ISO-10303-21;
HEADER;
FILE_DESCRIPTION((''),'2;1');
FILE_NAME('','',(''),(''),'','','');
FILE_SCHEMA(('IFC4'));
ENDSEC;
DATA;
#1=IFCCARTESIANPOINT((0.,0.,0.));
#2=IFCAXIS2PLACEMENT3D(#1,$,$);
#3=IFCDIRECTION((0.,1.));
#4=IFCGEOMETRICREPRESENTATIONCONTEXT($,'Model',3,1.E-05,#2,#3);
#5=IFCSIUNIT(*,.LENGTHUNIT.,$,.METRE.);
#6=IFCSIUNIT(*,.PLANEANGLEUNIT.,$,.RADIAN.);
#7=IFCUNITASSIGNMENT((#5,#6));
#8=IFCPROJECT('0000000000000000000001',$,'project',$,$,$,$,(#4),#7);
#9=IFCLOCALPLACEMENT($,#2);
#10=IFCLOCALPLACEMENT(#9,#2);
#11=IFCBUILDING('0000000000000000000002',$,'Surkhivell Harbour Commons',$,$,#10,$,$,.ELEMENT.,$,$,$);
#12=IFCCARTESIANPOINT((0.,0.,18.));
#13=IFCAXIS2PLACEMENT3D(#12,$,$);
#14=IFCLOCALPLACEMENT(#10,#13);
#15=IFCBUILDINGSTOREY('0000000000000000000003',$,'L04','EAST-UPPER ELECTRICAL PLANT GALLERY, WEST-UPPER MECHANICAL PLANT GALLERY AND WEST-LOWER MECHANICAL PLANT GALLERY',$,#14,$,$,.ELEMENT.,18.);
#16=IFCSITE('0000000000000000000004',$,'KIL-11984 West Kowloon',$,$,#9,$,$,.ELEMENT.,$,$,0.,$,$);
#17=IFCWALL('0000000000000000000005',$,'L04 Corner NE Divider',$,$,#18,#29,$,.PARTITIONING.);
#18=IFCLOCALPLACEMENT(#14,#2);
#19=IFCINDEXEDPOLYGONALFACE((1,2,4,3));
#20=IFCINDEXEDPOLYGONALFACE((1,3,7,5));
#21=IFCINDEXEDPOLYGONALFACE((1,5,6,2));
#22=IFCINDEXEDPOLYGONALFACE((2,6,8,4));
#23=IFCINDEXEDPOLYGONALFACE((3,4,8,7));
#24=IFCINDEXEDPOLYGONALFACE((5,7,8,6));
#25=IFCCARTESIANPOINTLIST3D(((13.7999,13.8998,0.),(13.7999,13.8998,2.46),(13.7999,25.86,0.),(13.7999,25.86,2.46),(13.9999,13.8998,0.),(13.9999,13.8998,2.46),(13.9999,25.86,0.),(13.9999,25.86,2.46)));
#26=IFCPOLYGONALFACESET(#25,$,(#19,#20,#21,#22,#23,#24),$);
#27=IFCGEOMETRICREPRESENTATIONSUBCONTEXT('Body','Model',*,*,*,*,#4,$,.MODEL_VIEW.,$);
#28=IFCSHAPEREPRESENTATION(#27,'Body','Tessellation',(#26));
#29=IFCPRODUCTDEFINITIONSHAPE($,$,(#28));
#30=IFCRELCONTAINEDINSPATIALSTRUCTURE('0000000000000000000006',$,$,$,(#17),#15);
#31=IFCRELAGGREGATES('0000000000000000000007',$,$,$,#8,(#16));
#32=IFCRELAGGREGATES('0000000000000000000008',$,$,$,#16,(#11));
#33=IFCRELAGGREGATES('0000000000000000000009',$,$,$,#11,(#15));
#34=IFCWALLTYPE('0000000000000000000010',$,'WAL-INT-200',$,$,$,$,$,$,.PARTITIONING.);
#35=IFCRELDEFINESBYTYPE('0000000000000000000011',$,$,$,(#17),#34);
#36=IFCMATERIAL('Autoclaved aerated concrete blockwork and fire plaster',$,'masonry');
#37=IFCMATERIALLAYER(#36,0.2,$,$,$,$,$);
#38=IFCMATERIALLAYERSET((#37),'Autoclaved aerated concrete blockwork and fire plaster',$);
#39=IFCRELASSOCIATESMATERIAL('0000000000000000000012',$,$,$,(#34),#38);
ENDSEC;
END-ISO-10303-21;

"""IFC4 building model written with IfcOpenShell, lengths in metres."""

from ifc_helpers import new_model, si_unit, direction, frame, frame_2d, origin, place, context, subcontext, project, spatial, rectangle, extrude, material, layer, layer_set, type_object, element, save


model = new_model("IFC4")

# Units and contexts
model_context = context("Model", 3, precision=1e-05, world=origin(), true_north=direction((0.0, 1.0)))
body_context = subcontext(model_context, "Body", "Model", "MODEL_VIEW")
ifc_project = project(units=[si_unit("LENGTHUNIT", "METRE"), si_unit("PLANEANGLEUNIT", "RADIAN")], contexts=[model_context])

# Site, building, storey
site_placement = place(None, origin())
site = spatial("IfcSite", under=ifc_project, at=site_placement, Name="KIL-11984 West Kowloon", CompositionType="ELEMENT", RefElevation=0.0)
building_placement = place(site_placement, origin())
building = spatial("IfcBuilding", under=site, at=building_placement, Name="Surkhivell Harbour Commons", CompositionType="ELEMENT")
storey_placement = place(building_placement, frame((0.0, 0.0, 18.0)))
storey = spatial("IfcBuildingStorey", under=building, at=storey_placement, Name="L04", Description="EAST-UPPER ELECTRICAL PLANT GALLERY, WEST-UPPER MECHANICAL PLANT GALLERY AND WEST-LOWER MECHANICAL PLANT GALLERY", CompositionType="ELEMENT", Elevation=18.0)

# Wall
ifc_material_1 = material(Name="Autoclaved aerated concrete blockwork and fire plaster", Category="masonry")
ifc_layer_1 = layer(ifc_material_1, 0.2)
ifc_layer_set_1 = layer_set([ifc_layer_1], Name="Autoclaved aerated concrete blockwork and fire plaster")
wall_type_1 = type_object("IfcWallType", Name="WAL-INT-200", PredefinedType="PARTITIONING", material=ifc_layer_set_1)
wall_1_placement = place(storey_placement, frame((13.8999, 13.8999, 0.0), z_axis=(0.0, 0.0, 1.0), x_axis=(0.0, 1.0, 0.0)))
element("IfcWall", 1, at=wall_1_placement, inside=storey, type_object=wall_type_1, Name="L04 Corner NE Divider", PredefinedType="PARTITIONING", context=body_context, shape_type="SweptSolid", body=[
    extrude(rectangle(XDim=11.9602, YDim=0.2, at=frame_2d((5.98, 0.0))), origin(), (0.0, 0.0, 1.0), 2.46),
])

save(model, "model.ifc")
